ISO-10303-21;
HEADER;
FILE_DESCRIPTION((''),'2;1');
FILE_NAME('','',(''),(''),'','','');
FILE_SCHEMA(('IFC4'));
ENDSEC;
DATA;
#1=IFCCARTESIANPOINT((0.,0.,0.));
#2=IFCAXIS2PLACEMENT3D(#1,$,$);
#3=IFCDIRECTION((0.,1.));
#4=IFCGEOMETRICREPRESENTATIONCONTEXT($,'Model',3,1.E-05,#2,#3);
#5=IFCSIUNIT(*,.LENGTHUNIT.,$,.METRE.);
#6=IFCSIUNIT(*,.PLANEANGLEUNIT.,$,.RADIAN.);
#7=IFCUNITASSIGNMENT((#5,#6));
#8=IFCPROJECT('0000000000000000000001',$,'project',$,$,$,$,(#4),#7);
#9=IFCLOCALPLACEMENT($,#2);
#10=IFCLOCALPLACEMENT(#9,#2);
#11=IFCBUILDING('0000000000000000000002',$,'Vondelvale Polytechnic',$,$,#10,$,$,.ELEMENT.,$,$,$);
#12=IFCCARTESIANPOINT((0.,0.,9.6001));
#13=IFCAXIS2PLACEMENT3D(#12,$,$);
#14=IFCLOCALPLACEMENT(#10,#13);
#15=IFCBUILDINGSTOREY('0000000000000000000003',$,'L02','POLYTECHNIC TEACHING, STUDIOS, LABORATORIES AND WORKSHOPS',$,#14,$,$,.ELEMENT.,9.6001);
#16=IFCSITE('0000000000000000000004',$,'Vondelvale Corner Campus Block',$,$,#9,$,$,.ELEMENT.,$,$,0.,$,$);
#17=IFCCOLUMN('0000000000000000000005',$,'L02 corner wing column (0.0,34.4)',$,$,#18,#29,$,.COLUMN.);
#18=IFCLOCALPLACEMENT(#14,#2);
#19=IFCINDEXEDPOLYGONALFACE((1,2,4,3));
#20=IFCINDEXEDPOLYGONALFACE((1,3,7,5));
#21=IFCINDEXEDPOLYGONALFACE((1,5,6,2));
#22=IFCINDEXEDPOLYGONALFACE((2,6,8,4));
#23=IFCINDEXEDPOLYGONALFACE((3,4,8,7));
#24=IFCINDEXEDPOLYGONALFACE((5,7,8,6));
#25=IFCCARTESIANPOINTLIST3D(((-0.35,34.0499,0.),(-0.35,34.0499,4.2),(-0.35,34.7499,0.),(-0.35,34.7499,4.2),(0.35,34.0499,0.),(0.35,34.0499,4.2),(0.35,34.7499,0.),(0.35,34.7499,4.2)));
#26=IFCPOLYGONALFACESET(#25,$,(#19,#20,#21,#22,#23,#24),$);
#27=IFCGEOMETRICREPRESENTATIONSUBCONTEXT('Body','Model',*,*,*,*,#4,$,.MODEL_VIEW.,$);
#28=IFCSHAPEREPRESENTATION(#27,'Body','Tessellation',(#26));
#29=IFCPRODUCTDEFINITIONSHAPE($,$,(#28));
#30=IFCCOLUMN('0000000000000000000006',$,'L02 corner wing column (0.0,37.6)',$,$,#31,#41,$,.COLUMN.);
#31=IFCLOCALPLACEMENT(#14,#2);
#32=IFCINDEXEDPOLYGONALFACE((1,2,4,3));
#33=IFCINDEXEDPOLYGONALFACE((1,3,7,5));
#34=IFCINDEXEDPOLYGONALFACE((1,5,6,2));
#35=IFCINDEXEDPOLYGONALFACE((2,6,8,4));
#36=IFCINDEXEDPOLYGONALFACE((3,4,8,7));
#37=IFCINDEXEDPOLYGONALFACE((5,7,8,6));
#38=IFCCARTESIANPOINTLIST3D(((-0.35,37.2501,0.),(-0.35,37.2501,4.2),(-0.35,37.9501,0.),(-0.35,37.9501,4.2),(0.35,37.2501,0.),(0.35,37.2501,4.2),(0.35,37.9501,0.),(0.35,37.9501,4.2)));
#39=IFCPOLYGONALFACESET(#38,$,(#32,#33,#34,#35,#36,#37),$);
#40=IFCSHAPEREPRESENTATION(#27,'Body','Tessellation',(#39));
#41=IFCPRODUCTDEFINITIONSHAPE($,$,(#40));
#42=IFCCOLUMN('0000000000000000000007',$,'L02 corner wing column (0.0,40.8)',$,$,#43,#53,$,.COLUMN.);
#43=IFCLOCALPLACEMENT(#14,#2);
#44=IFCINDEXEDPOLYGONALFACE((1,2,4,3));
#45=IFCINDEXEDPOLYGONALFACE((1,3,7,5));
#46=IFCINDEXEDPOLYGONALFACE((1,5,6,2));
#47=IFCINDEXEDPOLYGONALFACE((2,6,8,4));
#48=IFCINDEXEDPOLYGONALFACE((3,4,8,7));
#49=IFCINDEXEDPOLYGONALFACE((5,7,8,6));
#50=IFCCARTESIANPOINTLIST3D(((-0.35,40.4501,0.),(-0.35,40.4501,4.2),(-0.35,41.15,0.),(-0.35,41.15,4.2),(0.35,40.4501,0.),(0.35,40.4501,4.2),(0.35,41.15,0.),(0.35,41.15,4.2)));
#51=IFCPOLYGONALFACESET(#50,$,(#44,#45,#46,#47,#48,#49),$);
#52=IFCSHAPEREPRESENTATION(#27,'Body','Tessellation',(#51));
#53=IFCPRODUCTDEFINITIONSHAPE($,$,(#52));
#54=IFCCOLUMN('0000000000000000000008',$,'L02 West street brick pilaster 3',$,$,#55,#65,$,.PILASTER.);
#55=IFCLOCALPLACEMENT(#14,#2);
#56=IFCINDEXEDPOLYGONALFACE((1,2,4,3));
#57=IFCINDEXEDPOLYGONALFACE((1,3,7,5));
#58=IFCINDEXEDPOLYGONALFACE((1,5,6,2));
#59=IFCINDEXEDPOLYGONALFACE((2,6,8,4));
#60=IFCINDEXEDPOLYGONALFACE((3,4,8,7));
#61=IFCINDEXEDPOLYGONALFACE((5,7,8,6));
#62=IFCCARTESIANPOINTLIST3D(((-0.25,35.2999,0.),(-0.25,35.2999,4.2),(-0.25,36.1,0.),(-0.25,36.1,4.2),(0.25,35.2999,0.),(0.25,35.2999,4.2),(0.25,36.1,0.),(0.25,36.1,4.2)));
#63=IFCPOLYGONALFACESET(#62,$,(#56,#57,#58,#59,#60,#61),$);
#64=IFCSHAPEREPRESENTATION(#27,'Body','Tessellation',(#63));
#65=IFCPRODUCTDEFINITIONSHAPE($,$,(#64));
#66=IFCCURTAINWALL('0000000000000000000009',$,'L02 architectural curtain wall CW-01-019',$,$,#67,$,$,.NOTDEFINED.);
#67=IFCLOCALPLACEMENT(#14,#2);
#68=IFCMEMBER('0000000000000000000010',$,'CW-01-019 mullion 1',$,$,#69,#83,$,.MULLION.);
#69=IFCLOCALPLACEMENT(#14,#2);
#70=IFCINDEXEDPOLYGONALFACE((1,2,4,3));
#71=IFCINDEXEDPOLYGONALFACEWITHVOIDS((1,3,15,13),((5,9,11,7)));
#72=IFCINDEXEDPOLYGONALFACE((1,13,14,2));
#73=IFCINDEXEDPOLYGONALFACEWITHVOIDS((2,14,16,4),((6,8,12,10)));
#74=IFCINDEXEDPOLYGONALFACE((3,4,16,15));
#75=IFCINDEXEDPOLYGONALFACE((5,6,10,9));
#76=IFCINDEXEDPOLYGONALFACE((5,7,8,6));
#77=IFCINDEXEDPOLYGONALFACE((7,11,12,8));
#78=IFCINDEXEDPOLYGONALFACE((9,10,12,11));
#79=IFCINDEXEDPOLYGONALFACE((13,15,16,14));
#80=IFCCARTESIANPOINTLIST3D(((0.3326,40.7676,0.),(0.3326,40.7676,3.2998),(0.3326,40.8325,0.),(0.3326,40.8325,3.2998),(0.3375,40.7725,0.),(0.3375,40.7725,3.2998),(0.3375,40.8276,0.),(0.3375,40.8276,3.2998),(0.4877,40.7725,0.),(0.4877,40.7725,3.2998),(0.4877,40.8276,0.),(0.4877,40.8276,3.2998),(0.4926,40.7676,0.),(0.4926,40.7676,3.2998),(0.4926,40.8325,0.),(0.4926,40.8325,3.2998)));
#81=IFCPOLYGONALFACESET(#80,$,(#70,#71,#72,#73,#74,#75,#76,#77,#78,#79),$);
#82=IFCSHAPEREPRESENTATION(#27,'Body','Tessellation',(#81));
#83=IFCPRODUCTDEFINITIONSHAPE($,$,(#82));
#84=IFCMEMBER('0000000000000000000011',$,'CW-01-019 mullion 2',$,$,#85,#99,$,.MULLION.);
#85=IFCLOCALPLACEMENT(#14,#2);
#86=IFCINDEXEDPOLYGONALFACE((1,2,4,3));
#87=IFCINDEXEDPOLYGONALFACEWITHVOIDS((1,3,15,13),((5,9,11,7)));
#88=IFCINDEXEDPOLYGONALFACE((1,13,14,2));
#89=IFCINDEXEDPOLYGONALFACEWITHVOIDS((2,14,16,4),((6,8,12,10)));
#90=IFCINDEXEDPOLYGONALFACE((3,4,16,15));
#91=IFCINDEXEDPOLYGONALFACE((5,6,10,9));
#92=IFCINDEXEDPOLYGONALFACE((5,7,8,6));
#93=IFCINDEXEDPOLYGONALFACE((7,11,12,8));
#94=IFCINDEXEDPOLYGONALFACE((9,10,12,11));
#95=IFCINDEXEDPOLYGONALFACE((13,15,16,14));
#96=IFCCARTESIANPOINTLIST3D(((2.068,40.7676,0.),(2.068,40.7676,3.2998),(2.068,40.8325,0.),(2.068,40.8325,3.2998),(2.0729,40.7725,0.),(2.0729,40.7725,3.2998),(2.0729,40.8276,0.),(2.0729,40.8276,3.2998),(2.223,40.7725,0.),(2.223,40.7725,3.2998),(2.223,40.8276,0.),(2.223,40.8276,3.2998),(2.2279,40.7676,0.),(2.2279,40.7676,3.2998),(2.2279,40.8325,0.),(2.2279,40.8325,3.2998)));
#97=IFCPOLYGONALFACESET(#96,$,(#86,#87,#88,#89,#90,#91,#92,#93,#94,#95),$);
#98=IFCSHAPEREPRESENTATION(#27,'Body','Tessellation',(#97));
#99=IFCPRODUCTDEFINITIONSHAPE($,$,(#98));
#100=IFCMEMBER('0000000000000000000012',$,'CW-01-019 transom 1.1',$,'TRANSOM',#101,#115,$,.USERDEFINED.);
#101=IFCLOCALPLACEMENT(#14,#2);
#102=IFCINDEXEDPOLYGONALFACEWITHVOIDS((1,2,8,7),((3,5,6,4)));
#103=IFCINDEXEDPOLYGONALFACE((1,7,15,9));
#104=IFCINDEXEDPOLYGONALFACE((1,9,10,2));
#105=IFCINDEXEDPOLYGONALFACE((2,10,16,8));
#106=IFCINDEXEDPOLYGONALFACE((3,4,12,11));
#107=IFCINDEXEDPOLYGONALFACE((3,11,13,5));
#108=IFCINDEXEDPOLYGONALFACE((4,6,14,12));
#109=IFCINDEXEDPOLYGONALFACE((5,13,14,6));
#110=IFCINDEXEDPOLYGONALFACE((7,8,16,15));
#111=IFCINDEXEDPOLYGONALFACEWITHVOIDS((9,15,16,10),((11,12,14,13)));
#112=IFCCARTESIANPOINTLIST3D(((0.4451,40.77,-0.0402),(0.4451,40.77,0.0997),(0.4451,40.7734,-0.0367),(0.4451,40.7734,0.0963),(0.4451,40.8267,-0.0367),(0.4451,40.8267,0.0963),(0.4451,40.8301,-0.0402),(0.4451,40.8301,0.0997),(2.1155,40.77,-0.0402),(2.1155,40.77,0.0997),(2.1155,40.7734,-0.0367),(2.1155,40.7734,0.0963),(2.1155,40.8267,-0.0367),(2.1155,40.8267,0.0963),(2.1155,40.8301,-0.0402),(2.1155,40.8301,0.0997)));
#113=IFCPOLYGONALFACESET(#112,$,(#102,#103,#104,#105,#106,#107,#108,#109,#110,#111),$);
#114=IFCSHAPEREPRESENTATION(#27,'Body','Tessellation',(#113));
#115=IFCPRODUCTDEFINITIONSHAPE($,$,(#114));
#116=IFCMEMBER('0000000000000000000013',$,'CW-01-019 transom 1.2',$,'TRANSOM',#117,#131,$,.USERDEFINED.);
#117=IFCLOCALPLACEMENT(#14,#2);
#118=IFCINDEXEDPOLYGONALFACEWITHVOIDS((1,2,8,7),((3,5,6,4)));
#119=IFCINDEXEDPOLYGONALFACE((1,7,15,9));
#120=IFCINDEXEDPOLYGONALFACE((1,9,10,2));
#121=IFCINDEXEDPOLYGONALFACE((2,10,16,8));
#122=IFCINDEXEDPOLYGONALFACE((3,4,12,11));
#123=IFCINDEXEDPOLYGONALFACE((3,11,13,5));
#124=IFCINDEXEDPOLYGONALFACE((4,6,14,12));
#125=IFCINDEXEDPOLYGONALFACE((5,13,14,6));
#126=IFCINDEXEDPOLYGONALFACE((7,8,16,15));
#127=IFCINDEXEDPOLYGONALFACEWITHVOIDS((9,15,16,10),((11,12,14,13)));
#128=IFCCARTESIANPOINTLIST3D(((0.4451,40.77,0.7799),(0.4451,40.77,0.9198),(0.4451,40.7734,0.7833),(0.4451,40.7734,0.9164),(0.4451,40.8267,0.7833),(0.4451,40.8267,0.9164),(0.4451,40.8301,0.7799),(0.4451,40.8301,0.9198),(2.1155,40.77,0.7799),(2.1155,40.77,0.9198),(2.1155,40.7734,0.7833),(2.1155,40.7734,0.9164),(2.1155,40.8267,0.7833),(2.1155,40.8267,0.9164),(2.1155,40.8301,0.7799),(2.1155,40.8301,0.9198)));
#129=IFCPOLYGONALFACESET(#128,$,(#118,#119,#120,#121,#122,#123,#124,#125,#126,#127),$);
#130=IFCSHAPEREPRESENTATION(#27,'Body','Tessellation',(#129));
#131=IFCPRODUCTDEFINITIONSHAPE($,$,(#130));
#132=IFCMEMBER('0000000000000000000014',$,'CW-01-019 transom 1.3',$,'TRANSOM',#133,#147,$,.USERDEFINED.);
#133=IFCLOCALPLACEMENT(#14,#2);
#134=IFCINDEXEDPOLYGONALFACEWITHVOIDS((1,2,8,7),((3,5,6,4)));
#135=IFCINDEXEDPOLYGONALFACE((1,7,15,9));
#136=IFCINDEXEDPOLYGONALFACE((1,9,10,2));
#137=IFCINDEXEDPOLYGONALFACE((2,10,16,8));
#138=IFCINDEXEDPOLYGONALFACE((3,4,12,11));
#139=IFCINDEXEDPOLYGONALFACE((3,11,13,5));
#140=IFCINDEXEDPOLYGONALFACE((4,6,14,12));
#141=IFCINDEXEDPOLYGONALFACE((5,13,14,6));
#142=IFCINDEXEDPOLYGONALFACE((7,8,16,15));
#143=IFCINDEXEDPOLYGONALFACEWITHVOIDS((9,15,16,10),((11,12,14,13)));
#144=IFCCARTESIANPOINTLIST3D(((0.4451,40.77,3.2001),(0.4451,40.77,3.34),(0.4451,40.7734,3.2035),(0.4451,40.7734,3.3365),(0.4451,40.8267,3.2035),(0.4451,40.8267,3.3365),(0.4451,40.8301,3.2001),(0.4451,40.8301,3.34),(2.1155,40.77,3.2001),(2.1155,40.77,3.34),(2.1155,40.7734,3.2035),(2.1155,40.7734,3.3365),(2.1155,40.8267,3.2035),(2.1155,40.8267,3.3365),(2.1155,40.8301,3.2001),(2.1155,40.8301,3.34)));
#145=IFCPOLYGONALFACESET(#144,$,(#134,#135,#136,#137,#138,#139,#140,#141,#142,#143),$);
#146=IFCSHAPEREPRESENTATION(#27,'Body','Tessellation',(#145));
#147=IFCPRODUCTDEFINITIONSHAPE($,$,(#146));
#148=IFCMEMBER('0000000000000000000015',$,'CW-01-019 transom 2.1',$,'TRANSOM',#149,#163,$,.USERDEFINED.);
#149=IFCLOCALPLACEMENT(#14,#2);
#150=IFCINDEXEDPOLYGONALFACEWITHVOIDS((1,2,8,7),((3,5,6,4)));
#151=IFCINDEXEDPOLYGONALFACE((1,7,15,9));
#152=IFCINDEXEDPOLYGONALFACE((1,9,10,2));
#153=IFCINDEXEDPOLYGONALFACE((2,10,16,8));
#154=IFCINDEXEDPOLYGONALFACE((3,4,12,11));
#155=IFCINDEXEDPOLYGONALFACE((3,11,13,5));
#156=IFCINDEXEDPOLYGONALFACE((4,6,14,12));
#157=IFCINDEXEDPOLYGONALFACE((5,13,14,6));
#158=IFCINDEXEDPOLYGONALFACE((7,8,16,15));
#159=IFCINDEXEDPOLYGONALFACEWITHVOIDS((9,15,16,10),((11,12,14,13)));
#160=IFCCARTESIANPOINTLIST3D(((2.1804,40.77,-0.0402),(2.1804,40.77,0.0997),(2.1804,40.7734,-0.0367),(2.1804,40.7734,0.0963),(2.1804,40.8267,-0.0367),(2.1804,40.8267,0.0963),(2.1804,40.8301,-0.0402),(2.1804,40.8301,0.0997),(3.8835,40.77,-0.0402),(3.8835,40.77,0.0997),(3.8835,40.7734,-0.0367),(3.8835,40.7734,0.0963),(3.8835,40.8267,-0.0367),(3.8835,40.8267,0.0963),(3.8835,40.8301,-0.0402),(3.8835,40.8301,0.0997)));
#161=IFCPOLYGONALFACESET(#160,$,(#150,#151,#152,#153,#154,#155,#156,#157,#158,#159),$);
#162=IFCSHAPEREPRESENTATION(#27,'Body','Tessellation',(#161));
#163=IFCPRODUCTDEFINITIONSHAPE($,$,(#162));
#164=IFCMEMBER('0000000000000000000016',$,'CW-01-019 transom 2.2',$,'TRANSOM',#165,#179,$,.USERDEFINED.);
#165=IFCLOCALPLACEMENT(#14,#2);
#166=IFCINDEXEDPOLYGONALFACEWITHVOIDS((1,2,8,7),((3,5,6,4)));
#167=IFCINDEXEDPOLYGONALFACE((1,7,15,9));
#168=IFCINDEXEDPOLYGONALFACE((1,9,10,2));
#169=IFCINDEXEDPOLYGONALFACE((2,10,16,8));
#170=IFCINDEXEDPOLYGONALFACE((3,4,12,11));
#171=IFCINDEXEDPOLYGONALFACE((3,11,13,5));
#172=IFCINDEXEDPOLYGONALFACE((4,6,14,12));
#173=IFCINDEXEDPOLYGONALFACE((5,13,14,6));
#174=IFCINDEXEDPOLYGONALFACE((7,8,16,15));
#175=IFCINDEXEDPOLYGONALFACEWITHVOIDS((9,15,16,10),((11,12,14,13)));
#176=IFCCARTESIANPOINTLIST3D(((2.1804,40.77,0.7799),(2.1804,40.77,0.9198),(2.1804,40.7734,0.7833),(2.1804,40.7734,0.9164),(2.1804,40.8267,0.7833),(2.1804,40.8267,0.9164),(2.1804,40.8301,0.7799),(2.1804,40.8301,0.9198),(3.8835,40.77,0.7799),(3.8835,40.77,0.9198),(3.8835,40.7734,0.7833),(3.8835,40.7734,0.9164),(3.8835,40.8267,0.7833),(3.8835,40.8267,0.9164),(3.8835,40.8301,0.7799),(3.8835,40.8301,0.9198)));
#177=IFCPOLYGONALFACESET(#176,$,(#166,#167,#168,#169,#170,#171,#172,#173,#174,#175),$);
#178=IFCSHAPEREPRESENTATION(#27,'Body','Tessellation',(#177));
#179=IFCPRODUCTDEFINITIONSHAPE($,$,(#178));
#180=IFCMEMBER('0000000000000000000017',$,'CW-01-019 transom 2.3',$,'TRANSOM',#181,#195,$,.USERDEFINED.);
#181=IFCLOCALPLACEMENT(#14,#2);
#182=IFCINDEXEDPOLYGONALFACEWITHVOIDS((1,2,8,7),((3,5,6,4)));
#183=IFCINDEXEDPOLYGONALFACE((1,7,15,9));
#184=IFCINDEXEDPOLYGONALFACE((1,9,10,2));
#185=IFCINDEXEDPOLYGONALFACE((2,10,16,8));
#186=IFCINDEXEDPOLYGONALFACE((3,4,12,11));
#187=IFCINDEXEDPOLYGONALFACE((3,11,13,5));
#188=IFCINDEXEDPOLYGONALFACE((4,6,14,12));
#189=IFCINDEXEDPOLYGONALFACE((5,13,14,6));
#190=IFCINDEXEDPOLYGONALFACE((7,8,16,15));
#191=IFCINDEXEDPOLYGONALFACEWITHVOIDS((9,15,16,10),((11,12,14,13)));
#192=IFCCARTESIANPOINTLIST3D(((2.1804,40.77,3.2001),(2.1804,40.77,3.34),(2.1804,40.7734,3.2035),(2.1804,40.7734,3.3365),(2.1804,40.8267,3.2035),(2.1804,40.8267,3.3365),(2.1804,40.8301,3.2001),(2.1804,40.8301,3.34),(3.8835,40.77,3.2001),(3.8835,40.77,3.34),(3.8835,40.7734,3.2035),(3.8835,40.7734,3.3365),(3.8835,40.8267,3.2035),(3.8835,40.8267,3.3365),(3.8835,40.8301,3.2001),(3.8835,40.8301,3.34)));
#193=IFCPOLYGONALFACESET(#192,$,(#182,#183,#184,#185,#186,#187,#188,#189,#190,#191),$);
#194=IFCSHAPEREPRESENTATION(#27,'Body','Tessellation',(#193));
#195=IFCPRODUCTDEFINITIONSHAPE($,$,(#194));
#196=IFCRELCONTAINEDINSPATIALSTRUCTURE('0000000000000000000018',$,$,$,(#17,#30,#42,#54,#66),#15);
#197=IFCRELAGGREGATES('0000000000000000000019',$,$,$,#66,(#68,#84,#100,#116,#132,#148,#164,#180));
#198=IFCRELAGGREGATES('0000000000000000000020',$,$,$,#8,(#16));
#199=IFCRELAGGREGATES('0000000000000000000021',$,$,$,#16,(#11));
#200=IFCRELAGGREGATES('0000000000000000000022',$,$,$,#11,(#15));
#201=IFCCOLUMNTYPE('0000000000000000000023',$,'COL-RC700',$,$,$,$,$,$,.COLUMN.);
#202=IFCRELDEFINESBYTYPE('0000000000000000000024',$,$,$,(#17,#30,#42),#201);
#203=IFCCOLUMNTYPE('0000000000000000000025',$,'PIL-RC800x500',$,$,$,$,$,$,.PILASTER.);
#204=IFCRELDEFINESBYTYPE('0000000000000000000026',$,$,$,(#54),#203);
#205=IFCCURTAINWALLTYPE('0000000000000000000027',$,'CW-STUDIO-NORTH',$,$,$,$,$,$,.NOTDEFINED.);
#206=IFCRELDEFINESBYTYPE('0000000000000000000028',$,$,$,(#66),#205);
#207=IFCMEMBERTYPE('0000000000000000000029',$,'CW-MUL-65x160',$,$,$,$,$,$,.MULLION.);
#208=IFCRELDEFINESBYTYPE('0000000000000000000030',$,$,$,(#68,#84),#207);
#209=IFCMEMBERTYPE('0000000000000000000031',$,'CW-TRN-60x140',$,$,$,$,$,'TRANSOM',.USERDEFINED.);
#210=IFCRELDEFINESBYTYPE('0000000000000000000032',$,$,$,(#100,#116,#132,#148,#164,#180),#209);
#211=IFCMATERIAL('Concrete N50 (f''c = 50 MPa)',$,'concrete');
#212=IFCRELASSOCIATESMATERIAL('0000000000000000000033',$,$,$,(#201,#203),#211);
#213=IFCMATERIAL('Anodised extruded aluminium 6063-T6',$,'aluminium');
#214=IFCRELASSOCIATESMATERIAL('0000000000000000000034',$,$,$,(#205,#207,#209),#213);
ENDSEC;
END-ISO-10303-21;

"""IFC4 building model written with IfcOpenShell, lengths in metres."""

from ifc_helpers import new_model, si_unit, direction, frame, origin, origin_2d, place, context, subcontext, project, spatial, rectangle, hollow_rectangle, extrude, material, material_profile, profile_set, type_object, element, aggregate, save


model = new_model("IFC4")

# Units and contexts
model_context = context("Model", 3, precision=1e-05, world=origin(), true_north=direction((0.0, 1.0)))
body_context = subcontext(model_context, "Body", "Model", "MODEL_VIEW")
ifc_project = project(units=[si_unit("LENGTHUNIT", "METRE"), si_unit("PLANEANGLEUNIT", "RADIAN")], contexts=[model_context])

# Site, building, storey
site_placement = place(None, origin())
site = spatial("IfcSite", under=ifc_project, at=site_placement, Name="Vondelvale Corner Campus Block", CompositionType="ELEMENT", RefElevation=0.0)
building_placement = place(site_placement, origin())
building = spatial("IfcBuilding", under=site, at=building_placement, Name="Vondelvale Polytechnic", CompositionType="ELEMENT")
storey_placement = place(building_placement, frame((0.0, 0.0, 9.6001)))
storey = spatial("IfcBuildingStorey", under=building, at=storey_placement, Name="L02", Description="POLYTECHNIC TEACHING, STUDIOS, LABORATORIES AND WORKSHOPS", CompositionType="ELEMENT", Elevation=9.6001)

# Columns
ifc_material_1 = material(Name="Concrete N50 (f'c = 50 MPa)", Category="concrete")
ifc_material_profile_1 = material_profile(ifc_material_1, rectangle(XDim=0.7, YDim=0.7, at=origin_2d()), Name="RC-COL-700x700")
ifc_profile_set_1 = profile_set([ifc_material_profile_1], Name="Concrete N50 (f'c = 50 MPa)")
column_type_1 = type_object("IfcColumnType", Name="COL-RC700", PredefinedType="COLUMN", material=ifc_profile_set_1)
for number, where, z_axis, x_axis, name in (
    (1, (0.0, 34.3999, 0.0), (0.0, 0.0, 1.0), (1.0, 0.0, 0.0), "L02 corner wing column (0.0,34.4)"),
    (2, (0.0, 37.6001, 0.0), (0.0, 0.0, 1.0), (1.0, 0.0, 0.0), "L02 corner wing column (0.0,37.6)"),
    (3, (0.0, 40.8, 0.0), (0.0, 0.0, 1.0), (1.0, 0.0, 0.0), "L02 corner wing column (0.0,40.8)"),
):
    element("IfcColumn", number, at=place(storey_placement, frame(where, z_axis=z_axis, x_axis=x_axis)), inside=storey, type_object=column_type_1, Name=name, PredefinedType="COLUMN", context=body_context, shape_type="SweptSolid", body=[
        extrude(rectangle(XDim=0.7, YDim=0.7, at=origin_2d()), origin(), (0.0, 0.0, 1.0), 4.2),
    ])
ifc_material_profile_2 = material_profile(ifc_material_1, rectangle(XDim=0.5, YDim=0.8, at=origin_2d()), Name="RC-PIL-800x500")
ifc_profile_set_2 = profile_set([ifc_material_profile_2], Name="Concrete N50 (f'c = 50 MPa)")
column_type_2 = type_object("IfcColumnType", Name="PIL-RC800x500", PredefinedType="PILASTER", material=ifc_profile_set_2)
column_placement = place(storey_placement, frame((0.0, 35.7, 0.0), z_axis=(0.0, 0.0, 1.0), x_axis=(1.0, 0.0, 0.0)))
element("IfcColumn", 4, at=column_placement, inside=storey, type_object=column_type_2, Name="L02 West street brick pilaster 3", PredefinedType="PILASTER", context=body_context, shape_type="SweptSolid", body=[
    extrude(rectangle(XDim=0.5, YDim=0.8, at=origin_2d()), origin(), (0.0, 0.0, 1.0), 4.2),
])

# Curtain wall, members
ifc_material_2 = material(Name="Anodised extruded aluminium 6063-T6", Category="aluminium")
curtain_wall_type = type_object("IfcCurtainWallType", Name="CW-STUDIO-NORTH", PredefinedType="NOTDEFINED", material=ifc_material_2)
curtain_wall_placement = place(storey_placement, origin())
curtain_wall = element("IfcCurtainWall", 5, at=curtain_wall_placement, inside=storey, type_object=curtain_wall_type, Name="L02 architectural curtain wall CW-01-019", PredefinedType="NOTDEFINED")
ifc_material_profile_3 = material_profile(ifc_material_2, hollow_rectangle(XDim=0.0649, YDim=0.1599, WallThickness=0.0049, at=origin_2d()), Name="CW-MUL-160x65")
ifc_profile_set_3 = profile_set([ifc_material_profile_3], Name="Anodised extruded aluminium 6063-T6")
member_type_1 = type_object("IfcMemberType", Name="CW-MUL-65x160", PredefinedType="MULLION", material=ifc_profile_set_3)
member_1_placement = place(storey_placement, frame((0.4126, 40.8, 0.0), z_axis=(0.0, 0.0, 1.0), x_axis=(0.0, 1.0, 0.0)))
member_1 = element("IfcMember", 6, at=member_1_placement, type_object=member_type_1, Name="CW-01-019 mullion 1", PredefinedType="MULLION", context=body_context, shape_type="SweptSolid", body=[
    extrude(hollow_rectangle(XDim=0.0649, YDim=0.1599, WallThickness=0.0049, at=origin_2d()), origin(), (0.0, 0.0, 1.0), 3.2998),
])
member_2_placement = place(storey_placement, frame((2.1479, 40.8, 0.0), z_axis=(0.0, 0.0, 1.0), x_axis=(0.0, 1.0, 0.0)))
member_2 = element("IfcMember", 7, at=member_2_placement, type_object=member_type_1, Name="CW-01-019 mullion 2", PredefinedType="MULLION", context=body_context, shape_type="SweptSolid", body=[
    extrude(hollow_rectangle(XDim=0.0649, YDim=0.1599, WallThickness=0.0049, at=origin_2d()), origin(), (0.0, 0.0, 1.0), 3.2998),
])
ifc_material_profile_4 = material_profile(ifc_material_2, hollow_rectangle(XDim=0.0601, YDim=0.1399, WallThickness=0.0034, at=origin_2d()), Name="CW-TRN-140x60")
ifc_profile_set_4 = profile_set([ifc_material_profile_4], Name="Anodised extruded aluminium 6063-T6")
member_type_2 = type_object("IfcMemberType", Name="CW-TRN-60x140", ElementType="TRANSOM", PredefinedType="USERDEFINED", material=ifc_profile_set_4)
member_3_placement = place(storey_placement, frame((0.4451, 40.8, 0.0298), z_axis=(1.0, 0.0, 0.0), x_axis=(0.0, 1.0, 0.0)))
member_3 = element("IfcMember", 8, at=member_3_placement, type_object=member_type_2, Name="CW-01-019 transom 1.1", ObjectType="TRANSOM", PredefinedType="USERDEFINED", context=body_context, shape_type="SweptSolid", body=[
    extrude(hollow_rectangle(XDim=0.0601, YDim=0.1399, WallThickness=0.0034, at=origin_2d()), origin(), (0.0, 0.0, 1.0), 1.6704),
])
member_4_placement = place(storey_placement, frame((0.4451, 40.8, 0.8499), z_axis=(1.0, 0.0, 0.0), x_axis=(0.0, 1.0, 0.0)))
member_4 = element("IfcMember", 9, at=member_4_placement, type_object=member_type_2, Name="CW-01-019 transom 1.2", ObjectType="TRANSOM", PredefinedType="USERDEFINED", context=body_context, shape_type="SweptSolid", body=[
    extrude(hollow_rectangle(XDim=0.0601, YDim=0.1399, WallThickness=0.0034, at=origin_2d()), origin(), (0.0, 0.0, 1.0), 1.6704),
])
member_5_placement = place(storey_placement, frame((0.4451, 40.8, 3.27), z_axis=(1.0, 0.0, 0.0), x_axis=(0.0, 1.0, 0.0)))
member_5 = element("IfcMember", 10, at=member_5_placement, type_object=member_type_2, Name="CW-01-019 transom 1.3", ObjectType="TRANSOM", PredefinedType="USERDEFINED", context=body_context, shape_type="SweptSolid", body=[
    extrude(hollow_rectangle(XDim=0.0601, YDim=0.1399, WallThickness=0.0034, at=origin_2d()), origin(), (0.0, 0.0, 1.0), 1.6704),
])
member_6_placement = place(storey_placement, frame((2.1804, 40.8, 0.0298), z_axis=(1.0, 0.0, 0.0), x_axis=(0.0, 1.0, 0.0)))
member_6 = element("IfcMember", 11, at=member_6_placement, type_object=member_type_2, Name="CW-01-019 transom 2.1", ObjectType="TRANSOM", PredefinedType="USERDEFINED", context=body_context, shape_type="SweptSolid", body=[
    extrude(hollow_rectangle(XDim=0.0601, YDim=0.1399, WallThickness=0.0034, at=origin_2d()), origin(), (0.0, 0.0, 1.0), 1.7031),
])
member_7_placement = place(storey_placement, frame((2.1804, 40.8, 0.8499), z_axis=(1.0, 0.0, 0.0), x_axis=(0.0, 1.0, 0.0)))
member_7 = element("IfcMember", 12, at=member_7_placement, type_object=member_type_2, Name="CW-01-019 transom 2.2", ObjectType="TRANSOM", PredefinedType="USERDEFINED", context=body_context, shape_type="SweptSolid", body=[
    extrude(hollow_rectangle(XDim=0.0601, YDim=0.1399, WallThickness=0.0034, at=origin_2d()), origin(), (0.0, 0.0, 1.0), 1.7031),
])
member_8_placement = place(storey_placement, frame((2.1804, 40.8, 3.27), z_axis=(1.0, 0.0, 0.0), x_axis=(0.0, 1.0, 0.0)))
member_8 = element("IfcMember", 13, at=member_8_placement, type_object=member_type_2, Name="CW-01-019 transom 2.3", ObjectType="TRANSOM", PredefinedType="USERDEFINED", context=body_context, shape_type="SweptSolid", body=[
    extrude(hollow_rectangle(XDim=0.0601, YDim=0.1399, WallThickness=0.0034, at=origin_2d()), origin(), (0.0, 0.0, 1.0), 1.7031),
])

aggregate(curtain_wall, [member_1, member_2, member_3, member_4, member_5, member_6, member_7, member_8])

save(model, "model.ifc")
